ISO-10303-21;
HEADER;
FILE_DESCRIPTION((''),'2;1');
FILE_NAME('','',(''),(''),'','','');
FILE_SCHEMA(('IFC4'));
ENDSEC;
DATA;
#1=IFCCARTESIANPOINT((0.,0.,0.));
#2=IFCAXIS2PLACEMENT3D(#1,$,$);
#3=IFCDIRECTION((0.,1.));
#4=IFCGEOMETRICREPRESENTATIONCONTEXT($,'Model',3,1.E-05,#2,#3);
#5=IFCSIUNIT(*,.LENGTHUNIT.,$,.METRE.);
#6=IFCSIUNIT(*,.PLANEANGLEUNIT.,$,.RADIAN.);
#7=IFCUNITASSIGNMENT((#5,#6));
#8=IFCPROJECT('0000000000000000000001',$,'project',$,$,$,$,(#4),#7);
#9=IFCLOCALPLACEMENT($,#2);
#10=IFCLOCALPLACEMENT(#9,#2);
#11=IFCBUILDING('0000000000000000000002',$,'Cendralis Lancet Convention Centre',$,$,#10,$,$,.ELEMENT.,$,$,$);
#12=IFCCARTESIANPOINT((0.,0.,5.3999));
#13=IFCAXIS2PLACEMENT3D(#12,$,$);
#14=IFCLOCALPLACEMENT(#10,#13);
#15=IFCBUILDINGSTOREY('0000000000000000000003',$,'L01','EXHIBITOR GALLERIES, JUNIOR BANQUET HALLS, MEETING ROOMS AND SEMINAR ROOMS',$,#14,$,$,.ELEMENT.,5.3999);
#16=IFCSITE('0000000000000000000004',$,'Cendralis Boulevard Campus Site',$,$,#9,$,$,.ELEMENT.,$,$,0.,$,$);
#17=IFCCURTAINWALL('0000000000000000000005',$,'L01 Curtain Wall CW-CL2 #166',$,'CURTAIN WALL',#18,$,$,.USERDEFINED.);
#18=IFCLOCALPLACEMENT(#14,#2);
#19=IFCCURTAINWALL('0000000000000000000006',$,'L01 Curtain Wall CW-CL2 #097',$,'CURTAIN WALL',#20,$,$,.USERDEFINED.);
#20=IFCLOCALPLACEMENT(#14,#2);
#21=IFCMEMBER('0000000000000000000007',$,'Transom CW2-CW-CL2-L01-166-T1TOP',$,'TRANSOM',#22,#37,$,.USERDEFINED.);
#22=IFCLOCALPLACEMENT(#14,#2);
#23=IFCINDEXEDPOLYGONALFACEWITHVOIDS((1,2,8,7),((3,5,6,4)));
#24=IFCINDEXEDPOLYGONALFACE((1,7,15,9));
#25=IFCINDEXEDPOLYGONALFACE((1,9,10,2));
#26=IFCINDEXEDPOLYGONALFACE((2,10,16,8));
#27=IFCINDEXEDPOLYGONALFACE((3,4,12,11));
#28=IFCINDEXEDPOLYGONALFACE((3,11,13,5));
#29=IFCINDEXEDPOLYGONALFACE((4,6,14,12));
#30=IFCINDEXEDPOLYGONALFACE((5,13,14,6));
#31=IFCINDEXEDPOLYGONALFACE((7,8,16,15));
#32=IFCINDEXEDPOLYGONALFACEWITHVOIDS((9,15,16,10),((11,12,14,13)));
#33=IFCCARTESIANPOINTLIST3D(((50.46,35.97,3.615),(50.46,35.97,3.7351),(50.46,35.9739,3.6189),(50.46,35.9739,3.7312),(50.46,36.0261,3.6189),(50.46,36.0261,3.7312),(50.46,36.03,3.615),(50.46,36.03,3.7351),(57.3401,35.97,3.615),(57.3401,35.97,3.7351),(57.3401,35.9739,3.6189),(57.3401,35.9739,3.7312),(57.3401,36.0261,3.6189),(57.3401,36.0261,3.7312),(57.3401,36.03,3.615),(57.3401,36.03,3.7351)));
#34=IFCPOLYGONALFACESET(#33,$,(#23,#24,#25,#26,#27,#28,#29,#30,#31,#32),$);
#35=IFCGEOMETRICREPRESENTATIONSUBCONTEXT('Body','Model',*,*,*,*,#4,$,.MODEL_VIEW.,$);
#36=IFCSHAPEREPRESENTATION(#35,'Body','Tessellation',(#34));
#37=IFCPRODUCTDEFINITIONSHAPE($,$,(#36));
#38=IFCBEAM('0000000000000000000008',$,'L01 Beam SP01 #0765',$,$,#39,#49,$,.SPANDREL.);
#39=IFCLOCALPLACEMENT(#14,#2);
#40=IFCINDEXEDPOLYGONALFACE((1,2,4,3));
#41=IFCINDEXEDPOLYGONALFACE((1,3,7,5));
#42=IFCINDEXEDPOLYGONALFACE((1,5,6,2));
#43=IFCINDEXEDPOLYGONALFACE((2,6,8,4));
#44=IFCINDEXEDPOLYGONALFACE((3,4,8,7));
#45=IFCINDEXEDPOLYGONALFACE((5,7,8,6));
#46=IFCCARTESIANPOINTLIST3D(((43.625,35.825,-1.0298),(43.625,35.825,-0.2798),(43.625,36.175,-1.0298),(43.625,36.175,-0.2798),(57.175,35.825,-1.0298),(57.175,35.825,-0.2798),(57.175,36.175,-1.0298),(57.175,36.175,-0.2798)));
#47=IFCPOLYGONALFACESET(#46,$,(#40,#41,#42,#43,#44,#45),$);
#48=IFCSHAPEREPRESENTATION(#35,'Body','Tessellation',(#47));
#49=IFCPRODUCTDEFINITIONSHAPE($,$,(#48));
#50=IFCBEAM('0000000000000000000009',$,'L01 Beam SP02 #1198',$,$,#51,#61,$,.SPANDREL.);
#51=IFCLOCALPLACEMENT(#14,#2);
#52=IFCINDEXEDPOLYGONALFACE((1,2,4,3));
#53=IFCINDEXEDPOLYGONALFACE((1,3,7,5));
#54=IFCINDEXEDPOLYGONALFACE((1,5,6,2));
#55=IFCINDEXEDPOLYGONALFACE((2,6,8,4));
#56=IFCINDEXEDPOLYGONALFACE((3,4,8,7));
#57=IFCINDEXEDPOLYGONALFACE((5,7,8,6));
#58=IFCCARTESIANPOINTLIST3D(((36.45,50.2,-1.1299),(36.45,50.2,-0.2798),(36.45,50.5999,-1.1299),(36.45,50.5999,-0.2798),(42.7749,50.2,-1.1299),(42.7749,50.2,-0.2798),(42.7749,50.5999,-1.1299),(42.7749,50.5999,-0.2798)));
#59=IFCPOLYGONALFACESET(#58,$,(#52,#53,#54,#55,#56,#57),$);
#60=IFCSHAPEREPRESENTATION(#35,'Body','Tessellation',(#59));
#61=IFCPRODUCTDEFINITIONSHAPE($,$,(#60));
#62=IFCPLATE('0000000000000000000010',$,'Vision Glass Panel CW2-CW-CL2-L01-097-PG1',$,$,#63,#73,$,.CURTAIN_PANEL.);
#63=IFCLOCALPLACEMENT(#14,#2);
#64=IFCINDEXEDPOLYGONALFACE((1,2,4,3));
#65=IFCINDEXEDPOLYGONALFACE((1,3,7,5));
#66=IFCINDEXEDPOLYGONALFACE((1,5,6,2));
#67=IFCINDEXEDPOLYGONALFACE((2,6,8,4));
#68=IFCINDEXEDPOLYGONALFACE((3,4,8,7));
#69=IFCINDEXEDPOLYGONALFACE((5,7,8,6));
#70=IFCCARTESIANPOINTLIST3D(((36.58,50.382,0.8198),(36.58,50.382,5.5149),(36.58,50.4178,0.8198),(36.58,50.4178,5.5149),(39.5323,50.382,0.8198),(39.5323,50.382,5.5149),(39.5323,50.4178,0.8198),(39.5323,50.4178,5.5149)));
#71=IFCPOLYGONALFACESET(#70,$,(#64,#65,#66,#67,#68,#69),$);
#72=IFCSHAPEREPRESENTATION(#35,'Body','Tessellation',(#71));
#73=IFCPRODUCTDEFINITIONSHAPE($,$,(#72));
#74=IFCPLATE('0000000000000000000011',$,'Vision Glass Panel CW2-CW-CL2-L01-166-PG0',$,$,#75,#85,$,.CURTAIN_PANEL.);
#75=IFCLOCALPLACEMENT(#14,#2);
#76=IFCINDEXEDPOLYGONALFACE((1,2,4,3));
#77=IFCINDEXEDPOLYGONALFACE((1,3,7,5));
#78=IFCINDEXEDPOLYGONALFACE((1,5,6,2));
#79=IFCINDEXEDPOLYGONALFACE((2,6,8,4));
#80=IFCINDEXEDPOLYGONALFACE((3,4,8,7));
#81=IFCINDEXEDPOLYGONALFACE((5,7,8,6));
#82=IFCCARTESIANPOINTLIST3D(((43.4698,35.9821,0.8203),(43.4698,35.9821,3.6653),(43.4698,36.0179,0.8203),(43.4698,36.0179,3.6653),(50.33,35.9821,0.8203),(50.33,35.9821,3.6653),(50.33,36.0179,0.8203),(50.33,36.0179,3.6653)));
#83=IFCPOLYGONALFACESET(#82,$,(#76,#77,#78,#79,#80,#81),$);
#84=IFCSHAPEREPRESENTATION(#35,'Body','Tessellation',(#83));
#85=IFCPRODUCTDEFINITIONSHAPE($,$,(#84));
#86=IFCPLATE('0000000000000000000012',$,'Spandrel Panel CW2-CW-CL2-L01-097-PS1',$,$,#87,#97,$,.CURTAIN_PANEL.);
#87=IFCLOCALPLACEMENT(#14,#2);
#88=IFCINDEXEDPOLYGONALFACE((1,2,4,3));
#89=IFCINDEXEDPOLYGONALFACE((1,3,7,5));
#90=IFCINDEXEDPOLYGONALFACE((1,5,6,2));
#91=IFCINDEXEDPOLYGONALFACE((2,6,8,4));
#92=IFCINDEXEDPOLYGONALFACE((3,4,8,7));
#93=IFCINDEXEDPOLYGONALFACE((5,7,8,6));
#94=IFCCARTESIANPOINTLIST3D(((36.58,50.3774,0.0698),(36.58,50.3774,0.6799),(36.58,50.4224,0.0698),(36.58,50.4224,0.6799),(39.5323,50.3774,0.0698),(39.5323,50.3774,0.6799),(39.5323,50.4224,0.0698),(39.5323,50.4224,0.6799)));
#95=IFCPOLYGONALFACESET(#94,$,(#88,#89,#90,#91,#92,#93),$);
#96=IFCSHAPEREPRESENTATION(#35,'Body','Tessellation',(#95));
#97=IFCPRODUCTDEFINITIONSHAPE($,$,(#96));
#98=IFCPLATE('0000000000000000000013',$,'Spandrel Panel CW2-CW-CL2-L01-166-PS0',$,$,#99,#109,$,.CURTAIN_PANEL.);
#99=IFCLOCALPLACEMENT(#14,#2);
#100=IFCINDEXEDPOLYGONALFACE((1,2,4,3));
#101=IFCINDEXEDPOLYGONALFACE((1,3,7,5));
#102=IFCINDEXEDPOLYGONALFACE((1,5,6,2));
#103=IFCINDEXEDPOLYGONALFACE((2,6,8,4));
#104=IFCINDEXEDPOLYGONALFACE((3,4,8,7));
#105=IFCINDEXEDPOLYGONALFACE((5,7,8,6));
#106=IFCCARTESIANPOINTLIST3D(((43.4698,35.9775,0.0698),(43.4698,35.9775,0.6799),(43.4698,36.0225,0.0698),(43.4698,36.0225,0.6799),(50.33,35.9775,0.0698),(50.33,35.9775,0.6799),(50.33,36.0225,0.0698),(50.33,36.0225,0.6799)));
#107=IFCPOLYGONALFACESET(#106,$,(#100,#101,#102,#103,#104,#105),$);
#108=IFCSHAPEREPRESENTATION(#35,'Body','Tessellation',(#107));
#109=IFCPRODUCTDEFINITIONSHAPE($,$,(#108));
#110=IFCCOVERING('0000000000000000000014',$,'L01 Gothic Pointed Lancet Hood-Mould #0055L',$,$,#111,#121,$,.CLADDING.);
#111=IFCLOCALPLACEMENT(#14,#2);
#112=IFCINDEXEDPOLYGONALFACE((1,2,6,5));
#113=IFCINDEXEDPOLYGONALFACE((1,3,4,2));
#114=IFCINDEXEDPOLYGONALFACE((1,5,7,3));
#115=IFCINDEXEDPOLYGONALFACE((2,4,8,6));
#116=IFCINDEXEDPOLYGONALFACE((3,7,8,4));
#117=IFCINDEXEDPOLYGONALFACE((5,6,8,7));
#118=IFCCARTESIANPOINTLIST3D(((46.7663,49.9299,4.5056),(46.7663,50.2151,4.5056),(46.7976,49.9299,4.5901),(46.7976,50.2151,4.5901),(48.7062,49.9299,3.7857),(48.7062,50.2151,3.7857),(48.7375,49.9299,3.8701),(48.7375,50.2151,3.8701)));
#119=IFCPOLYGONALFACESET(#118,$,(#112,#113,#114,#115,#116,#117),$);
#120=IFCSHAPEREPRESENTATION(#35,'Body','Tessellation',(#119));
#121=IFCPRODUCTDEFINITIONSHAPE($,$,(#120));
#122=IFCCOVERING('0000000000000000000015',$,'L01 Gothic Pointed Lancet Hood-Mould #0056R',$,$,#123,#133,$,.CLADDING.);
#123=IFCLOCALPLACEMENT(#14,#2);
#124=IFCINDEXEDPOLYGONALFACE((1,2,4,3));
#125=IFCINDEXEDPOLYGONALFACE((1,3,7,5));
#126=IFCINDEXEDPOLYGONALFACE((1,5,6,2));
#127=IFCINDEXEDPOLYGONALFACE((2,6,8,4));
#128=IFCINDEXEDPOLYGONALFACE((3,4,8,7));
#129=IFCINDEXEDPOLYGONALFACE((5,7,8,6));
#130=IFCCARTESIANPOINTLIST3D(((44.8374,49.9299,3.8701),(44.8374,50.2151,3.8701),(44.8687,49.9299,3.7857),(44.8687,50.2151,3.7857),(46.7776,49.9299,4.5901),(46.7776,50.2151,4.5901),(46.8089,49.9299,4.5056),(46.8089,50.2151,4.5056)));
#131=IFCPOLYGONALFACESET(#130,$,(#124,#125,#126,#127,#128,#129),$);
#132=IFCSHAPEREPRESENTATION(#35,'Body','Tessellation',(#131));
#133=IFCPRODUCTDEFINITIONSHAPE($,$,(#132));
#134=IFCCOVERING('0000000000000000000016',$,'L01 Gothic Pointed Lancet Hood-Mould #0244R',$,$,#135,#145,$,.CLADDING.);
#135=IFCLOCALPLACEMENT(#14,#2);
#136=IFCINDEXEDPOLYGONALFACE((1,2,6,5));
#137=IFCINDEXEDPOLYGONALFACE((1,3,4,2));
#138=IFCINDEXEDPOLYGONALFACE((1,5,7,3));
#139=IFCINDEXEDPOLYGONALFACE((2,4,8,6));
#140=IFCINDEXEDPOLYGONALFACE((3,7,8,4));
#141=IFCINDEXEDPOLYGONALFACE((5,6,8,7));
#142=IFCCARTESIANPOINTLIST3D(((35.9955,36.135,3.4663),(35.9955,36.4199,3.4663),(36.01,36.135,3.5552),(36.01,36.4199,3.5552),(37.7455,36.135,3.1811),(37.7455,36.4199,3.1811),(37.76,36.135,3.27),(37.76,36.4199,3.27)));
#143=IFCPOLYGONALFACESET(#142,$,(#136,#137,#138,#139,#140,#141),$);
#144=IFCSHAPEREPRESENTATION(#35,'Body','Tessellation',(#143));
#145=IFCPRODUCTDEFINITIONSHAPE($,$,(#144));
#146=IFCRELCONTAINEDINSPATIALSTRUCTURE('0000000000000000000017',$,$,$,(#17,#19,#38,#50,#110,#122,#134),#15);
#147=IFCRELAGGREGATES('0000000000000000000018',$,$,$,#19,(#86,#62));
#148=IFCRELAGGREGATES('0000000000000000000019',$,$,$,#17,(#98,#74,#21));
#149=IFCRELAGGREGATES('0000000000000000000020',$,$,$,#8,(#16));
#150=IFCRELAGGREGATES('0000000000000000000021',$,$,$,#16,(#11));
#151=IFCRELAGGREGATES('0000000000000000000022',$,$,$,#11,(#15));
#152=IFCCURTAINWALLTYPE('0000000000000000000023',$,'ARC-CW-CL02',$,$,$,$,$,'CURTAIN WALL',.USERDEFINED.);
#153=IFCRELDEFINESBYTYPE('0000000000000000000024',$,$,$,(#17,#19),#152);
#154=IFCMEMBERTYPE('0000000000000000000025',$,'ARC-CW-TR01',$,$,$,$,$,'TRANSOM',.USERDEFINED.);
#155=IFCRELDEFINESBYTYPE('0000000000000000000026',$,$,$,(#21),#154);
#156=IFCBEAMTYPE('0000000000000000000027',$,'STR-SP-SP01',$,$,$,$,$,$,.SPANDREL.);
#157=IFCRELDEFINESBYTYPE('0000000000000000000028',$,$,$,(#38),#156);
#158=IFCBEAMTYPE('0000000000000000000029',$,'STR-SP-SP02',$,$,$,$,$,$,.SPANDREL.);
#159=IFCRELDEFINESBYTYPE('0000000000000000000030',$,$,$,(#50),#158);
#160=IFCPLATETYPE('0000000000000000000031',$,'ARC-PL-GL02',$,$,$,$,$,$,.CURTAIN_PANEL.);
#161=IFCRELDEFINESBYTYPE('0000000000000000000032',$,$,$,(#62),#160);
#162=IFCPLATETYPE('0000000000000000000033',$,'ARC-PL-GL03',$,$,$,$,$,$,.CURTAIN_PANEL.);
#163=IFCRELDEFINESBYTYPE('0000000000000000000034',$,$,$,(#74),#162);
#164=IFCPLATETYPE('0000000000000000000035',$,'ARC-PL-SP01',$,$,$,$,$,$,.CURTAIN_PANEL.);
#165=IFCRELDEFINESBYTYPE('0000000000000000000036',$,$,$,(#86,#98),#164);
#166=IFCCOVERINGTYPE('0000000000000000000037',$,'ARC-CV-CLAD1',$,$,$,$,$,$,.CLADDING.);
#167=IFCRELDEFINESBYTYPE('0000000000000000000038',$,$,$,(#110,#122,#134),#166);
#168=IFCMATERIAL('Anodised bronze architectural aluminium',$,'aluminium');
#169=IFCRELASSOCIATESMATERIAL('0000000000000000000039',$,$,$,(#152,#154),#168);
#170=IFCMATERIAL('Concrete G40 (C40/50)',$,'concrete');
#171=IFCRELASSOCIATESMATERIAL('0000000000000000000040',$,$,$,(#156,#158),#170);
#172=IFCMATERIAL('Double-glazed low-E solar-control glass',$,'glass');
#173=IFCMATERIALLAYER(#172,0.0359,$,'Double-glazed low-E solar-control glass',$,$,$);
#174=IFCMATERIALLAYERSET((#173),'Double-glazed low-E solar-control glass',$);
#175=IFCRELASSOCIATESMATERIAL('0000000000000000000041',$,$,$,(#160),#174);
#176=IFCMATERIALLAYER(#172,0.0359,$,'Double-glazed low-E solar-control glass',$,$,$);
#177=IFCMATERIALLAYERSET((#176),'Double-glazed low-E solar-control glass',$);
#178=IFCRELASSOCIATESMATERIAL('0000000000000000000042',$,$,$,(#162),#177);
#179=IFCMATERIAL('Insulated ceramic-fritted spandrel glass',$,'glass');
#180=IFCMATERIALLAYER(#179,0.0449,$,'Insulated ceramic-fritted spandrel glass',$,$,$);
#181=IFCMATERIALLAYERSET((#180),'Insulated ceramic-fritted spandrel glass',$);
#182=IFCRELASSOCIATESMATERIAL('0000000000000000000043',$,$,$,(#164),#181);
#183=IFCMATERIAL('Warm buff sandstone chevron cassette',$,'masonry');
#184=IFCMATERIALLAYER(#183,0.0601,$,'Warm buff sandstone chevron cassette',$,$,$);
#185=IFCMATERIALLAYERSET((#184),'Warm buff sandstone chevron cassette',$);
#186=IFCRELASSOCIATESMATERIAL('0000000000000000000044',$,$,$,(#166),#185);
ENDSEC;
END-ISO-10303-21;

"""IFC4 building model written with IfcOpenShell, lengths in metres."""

from ifc_helpers import new_model, si_unit, direction, frame, origin, origin_2d, place, context, subcontext, project, spatial, polyline, rectangle, hollow_rectangle, outline, extrude, material, layer, layer_set, material_profile, profile_set, type_object, element, aggregate, save


model = new_model("IFC4")

# Units and contexts
model_context = context("Model", 3, precision=1e-05, world=origin(), true_north=direction((0.0, 1.0)))
body_context = subcontext(model_context, "Body", "Model", "MODEL_VIEW")
ifc_project = project(units=[si_unit("LENGTHUNIT", "METRE"), si_unit("PLANEANGLEUNIT", "RADIAN")], contexts=[model_context])

# Site, building, storey
site_placement = place(None, origin())
site = spatial("IfcSite", under=ifc_project, at=site_placement, Name="Cendralis Boulevard Campus Site", CompositionType="ELEMENT", RefElevation=0.0)
building_placement = place(site_placement, origin())
building = spatial("IfcBuilding", under=site, at=building_placement, Name="Cendralis Lancet Convention Centre", CompositionType="ELEMENT")
storey_placement = place(building_placement, frame((0.0, 0.0, 5.3999)))
storey = spatial("IfcBuildingStorey", under=building, at=storey_placement, Name="L01", Description="EXHIBITOR GALLERIES, JUNIOR BANQUET HALLS, MEETING ROOMS AND SEMINAR ROOMS", CompositionType="ELEMENT", Elevation=5.3999)

# Shared definitions
ifc_material_1 = material(Name="Concrete G40 (C40/50)", Category="concrete")

# Curtain walls
ifc_material_2 = material(Name="Anodised bronze architectural aluminium", Category="aluminium")
curtain_wall_type = type_object("IfcCurtainWallType", Name="ARC-CW-CL02", ElementType="CURTAIN WALL", PredefinedType="USERDEFINED", material=ifc_material_2)
curtain_wall_1_placement = place(storey_placement, origin())
curtain_wall_1 = element("IfcCurtainWall", 1, at=curtain_wall_1_placement, inside=storey, type_object=curtain_wall_type, Name="L01 Curtain Wall CW-CL2 #166", ObjectType="CURTAIN WALL", PredefinedType="USERDEFINED")
curtain_wall_2_placement = place(storey_placement, origin())
curtain_wall_2 = element("IfcCurtainWall", 2, at=curtain_wall_2_placement, inside=storey, type_object=curtain_wall_type, Name="L01 Curtain Wall CW-CL2 #097", ObjectType="CURTAIN WALL", PredefinedType="USERDEFINED")
ifc_material_profile_1 = material_profile(ifc_material_2, hollow_rectangle(XDim=0.0601, YDim=0.1201, WallThickness=0.0039, at=origin_2d()), Name="AL-TRAN 60x120x4.0")
ifc_profile_set_1 = profile_set([ifc_material_profile_1], Name="Anodised bronze architectural aluminium")
member_type_1 = type_object("IfcMemberType", Name="ARC-CW-TR01", ElementType="TRANSOM", PredefinedType="USERDEFINED", material=ifc_profile_set_1)

# Member
member_1_placement = place(storey_placement, frame((50.46, 36.0, 3.675), z_axis=(1.0, 0.0, 0.0), x_axis=(0.0, 1.0, 0.0)))
member_1 = element("IfcMember", 3, at=member_1_placement, type_object=member_type_1, Name="Transom CW2-CW-CL2-L01-166-T1TOP", ObjectType="TRANSOM", PredefinedType="USERDEFINED", context=body_context, shape_type="SweptSolid", body=[
    extrude(hollow_rectangle(XDim=0.0601, YDim=0.1201, WallThickness=0.0039, at=origin_2d()), origin(), (0.0, 0.0, 1.0), 6.8801),
])

# Beams
ifc_material_profile_2 = material_profile(ifc_material_1, rectangle(XDim=0.3501, YDim=0.75, at=origin_2d()), Name="RCB 350x750")
ifc_profile_set_2 = profile_set([ifc_material_profile_2], Name="Concrete G40 (C40/50)")
beam_type_1 = type_object("IfcBeamType", Name="STR-SP-SP01", PredefinedType="SPANDREL", material=ifc_profile_set_2)
beam_1_placement = place(storey_placement, frame((43.625, 36.0, -0.6548), z_axis=(1.0, 0.0, 0.0), x_axis=(0.0, 1.0, 0.0)))
element("IfcBeam", 4, at=beam_1_placement, inside=storey, type_object=beam_type_1, Name="L01 Beam SP01 #0765", PredefinedType="SPANDREL", context=body_context, shape_type="SweptSolid", body=[
    extrude(rectangle(XDim=0.3501, YDim=0.75, at=origin_2d()), origin(), (0.0, 0.0, 1.0), 13.55),
])
ifc_material_profile_3 = material_profile(ifc_material_1, rectangle(XDim=0.3999, YDim=0.8501, at=origin_2d()), Name="RCB 400x850")
ifc_profile_set_3 = profile_set([ifc_material_profile_3], Name="Concrete G40 (C40/50)")
beam_type_2 = type_object("IfcBeamType", Name="STR-SP-SP02", PredefinedType="SPANDREL", material=ifc_profile_set_3)
beam_2_placement = place(storey_placement, frame((36.45, 50.3999, -0.7048), z_axis=(1.0, 0.0, 0.0), x_axis=(0.0, 1.0, 0.0)))
element("IfcBeam", 5, at=beam_2_placement, inside=storey, type_object=beam_type_2, Name="L01 Beam SP02 #1198", PredefinedType="SPANDREL", context=body_context, shape_type="SweptSolid", body=[
    extrude(rectangle(XDim=0.3999, YDim=0.8501, at=origin_2d()), origin(), (0.0, 0.0, 1.0), 6.325),
])

# Plates
ifc_material_3 = material(Name="Double-glazed low-E solar-control glass", Category="glass")
ifc_layer_1 = layer(ifc_material_3, 0.0359, Name="Double-glazed low-E solar-control glass")
ifc_layer_set_1 = layer_set([ifc_layer_1], Name="Double-glazed low-E solar-control glass")
plate_type_1 = type_object("IfcPlateType", Name="ARC-PL-GL02", PredefinedType="CURTAIN_PANEL", material=ifc_layer_set_1)
plate_1_placement = place(storey_placement, frame((38.0562, 50.3999, 0.8198), z_axis=(0.0, 0.0, 1.0), x_axis=(-1.0, 0.0, 0.0)))
plate_1 = element("IfcPlate", 6, at=plate_1_placement, type_object=plate_type_1, Name="Vision Glass Panel CW2-CW-CL2-L01-097-PG1", PredefinedType="CURTAIN_PANEL", context=body_context, shape_type="SweptSolid", body=[
    extrude(rectangle(XDim=2.9524, YDim=0.0359, at=origin_2d()), origin(), (0.0, 0.0, 1.0), 4.6951),
])
ifc_layer_2 = layer(ifc_material_3, 0.0359, Name="Double-glazed low-E solar-control glass")
ifc_layer_set_2 = layer_set([ifc_layer_2], Name="Double-glazed low-E solar-control glass")
plate_type_2 = type_object("IfcPlateType", Name="ARC-PL-GL03", PredefinedType="CURTAIN_PANEL", material=ifc_layer_set_2)
plate_2_placement = place(storey_placement, frame((46.8999, 36.0, 0.8203), z_axis=(0.0, 0.0, 1.0), x_axis=(1.0, 0.0, 0.0)))
plate_2 = element("IfcPlate", 7, at=plate_2_placement, type_object=plate_type_2, Name="Vision Glass Panel CW2-CW-CL2-L01-166-PG0", PredefinedType="CURTAIN_PANEL", context=body_context, shape_type="SweptSolid", body=[
    extrude(rectangle(XDim=6.8601, YDim=0.0359, at=origin_2d()), origin(), (0.0, 0.0, 1.0), 2.845),
])
ifc_material_4 = material(Name="Insulated ceramic-fritted spandrel glass", Category="glass")
ifc_layer_3 = layer(ifc_material_4, 0.0449, Name="Insulated ceramic-fritted spandrel glass")
ifc_layer_set_3 = layer_set([ifc_layer_3], Name="Insulated ceramic-fritted spandrel glass")
plate_type_3 = type_object("IfcPlateType", Name="ARC-PL-SP01", PredefinedType="CURTAIN_PANEL", material=ifc_layer_set_3)
plate_3_placement = place(storey_placement, frame((38.0562, 50.3999, 0.0698), z_axis=(0.0, 0.0, 1.0), x_axis=(-1.0, 0.0, 0.0)))
plate_3 = element("IfcPlate", 8, at=plate_3_placement, type_object=plate_type_3, Name="Spandrel Panel CW2-CW-CL2-L01-097-PS1", PredefinedType="CURTAIN_PANEL", context=body_context, shape_type="SweptSolid", body=[
    extrude(rectangle(XDim=2.9524, YDim=0.0449, at=origin_2d()), origin(), (0.0, 0.0, 1.0), 0.6101),
])
aggregate(curtain_wall_2, [plate_3, plate_1])
plate_4_placement = place(storey_placement, frame((46.8999, 36.0, 0.0698), z_axis=(0.0, 0.0, 1.0), x_axis=(1.0, 0.0, 0.0)))
plate_4 = element("IfcPlate", 9, at=plate_4_placement, type_object=plate_type_3, Name="Spandrel Panel CW2-CW-CL2-L01-166-PS0", PredefinedType="CURTAIN_PANEL", context=body_context, shape_type="SweptSolid", body=[
    extrude(rectangle(XDim=6.8601, YDim=0.0449, at=origin_2d()), origin(), (0.0, 0.0, 1.0), 0.6101),
])
aggregate(curtain_wall_1, [plate_4, plate_2, member_1])

# Coverings
ifc_material_5 = material(Name="Warm buff sandstone chevron cassette", Category="masonry")
ifc_layer_4 = layer(ifc_material_5, 0.0601, Name="Warm buff sandstone chevron cassette")
ifc_layer_set_4 = layer_set([ifc_layer_4], Name="Warm buff sandstone chevron cassette")
covering_type = type_object("IfcCoveringType", Name="ARC-CV-CLAD1", PredefinedType="CLADDING", material=ifc_layer_set_4)
covering_1_placement = place(storey_placement, frame((48.7375, 49.9299, 3.8701), z_axis=(0.347941, 0.0, 0.937517), x_axis=(0.0, 1.0, 0.0)))
element("IfcCovering", 10, at=covering_1_placement, inside=storey, type_object=covering_type, Name="L01 Gothic Pointed Lancet Hood-Mould #0055L", PredefinedType="CLADDING", context=body_context, shape_type="SweptSolid", body=[
    extrude(outline(polyline([(0.0, 0.0), (0.2852, 0.0), (0.2852, 2.0692), (0.0, 2.0692), (0.0, 0.0)])), origin(), (0.0, 0.0, -1.0), 0.0901),
])
covering_2_placement = place(storey_placement, frame((46.7776, 49.9299, 4.5901), z_axis=(-0.347902, 0.0, 0.937531), x_axis=(0.0, 1.0, 0.0)))
element("IfcCovering", 11, at=covering_2_placement, inside=storey, type_object=covering_type, Name="L01 Gothic Pointed Lancet Hood-Mould #0056R", PredefinedType="CLADDING", context=body_context, shape_type="SweptSolid", body=[
    extrude(outline(polyline([(0.0, 0.0), (0.2852, 0.0), (0.2852, 2.0695), (0.0, 2.0695), (0.0, 0.0)])), origin(), (0.0, 0.0, -1.0), 0.0901),
])
covering_3_placement = place(storey_placement, frame((36.01, 36.4199, 3.5552), z_axis=(0.160825, 0.0, 0.986983), x_axis=(0.0, -1.0, 0.0)))
element("IfcCovering", 12, at=covering_3_placement, inside=storey, type_object=covering_type, Name="L01 Gothic Pointed Lancet Hood-Mould #0244R", PredefinedType="CLADDING", context=body_context, shape_type="SweptSolid", body=[
    extrude(outline(polyline([(0.0, 0.0), (0.2849, 0.0), (0.2849, 1.7731), (0.0, 1.7731), (0.0, 0.0)])), origin(), (0.0, 0.0, -1.0), 0.0901),
])

save(model, "model.ifc")
